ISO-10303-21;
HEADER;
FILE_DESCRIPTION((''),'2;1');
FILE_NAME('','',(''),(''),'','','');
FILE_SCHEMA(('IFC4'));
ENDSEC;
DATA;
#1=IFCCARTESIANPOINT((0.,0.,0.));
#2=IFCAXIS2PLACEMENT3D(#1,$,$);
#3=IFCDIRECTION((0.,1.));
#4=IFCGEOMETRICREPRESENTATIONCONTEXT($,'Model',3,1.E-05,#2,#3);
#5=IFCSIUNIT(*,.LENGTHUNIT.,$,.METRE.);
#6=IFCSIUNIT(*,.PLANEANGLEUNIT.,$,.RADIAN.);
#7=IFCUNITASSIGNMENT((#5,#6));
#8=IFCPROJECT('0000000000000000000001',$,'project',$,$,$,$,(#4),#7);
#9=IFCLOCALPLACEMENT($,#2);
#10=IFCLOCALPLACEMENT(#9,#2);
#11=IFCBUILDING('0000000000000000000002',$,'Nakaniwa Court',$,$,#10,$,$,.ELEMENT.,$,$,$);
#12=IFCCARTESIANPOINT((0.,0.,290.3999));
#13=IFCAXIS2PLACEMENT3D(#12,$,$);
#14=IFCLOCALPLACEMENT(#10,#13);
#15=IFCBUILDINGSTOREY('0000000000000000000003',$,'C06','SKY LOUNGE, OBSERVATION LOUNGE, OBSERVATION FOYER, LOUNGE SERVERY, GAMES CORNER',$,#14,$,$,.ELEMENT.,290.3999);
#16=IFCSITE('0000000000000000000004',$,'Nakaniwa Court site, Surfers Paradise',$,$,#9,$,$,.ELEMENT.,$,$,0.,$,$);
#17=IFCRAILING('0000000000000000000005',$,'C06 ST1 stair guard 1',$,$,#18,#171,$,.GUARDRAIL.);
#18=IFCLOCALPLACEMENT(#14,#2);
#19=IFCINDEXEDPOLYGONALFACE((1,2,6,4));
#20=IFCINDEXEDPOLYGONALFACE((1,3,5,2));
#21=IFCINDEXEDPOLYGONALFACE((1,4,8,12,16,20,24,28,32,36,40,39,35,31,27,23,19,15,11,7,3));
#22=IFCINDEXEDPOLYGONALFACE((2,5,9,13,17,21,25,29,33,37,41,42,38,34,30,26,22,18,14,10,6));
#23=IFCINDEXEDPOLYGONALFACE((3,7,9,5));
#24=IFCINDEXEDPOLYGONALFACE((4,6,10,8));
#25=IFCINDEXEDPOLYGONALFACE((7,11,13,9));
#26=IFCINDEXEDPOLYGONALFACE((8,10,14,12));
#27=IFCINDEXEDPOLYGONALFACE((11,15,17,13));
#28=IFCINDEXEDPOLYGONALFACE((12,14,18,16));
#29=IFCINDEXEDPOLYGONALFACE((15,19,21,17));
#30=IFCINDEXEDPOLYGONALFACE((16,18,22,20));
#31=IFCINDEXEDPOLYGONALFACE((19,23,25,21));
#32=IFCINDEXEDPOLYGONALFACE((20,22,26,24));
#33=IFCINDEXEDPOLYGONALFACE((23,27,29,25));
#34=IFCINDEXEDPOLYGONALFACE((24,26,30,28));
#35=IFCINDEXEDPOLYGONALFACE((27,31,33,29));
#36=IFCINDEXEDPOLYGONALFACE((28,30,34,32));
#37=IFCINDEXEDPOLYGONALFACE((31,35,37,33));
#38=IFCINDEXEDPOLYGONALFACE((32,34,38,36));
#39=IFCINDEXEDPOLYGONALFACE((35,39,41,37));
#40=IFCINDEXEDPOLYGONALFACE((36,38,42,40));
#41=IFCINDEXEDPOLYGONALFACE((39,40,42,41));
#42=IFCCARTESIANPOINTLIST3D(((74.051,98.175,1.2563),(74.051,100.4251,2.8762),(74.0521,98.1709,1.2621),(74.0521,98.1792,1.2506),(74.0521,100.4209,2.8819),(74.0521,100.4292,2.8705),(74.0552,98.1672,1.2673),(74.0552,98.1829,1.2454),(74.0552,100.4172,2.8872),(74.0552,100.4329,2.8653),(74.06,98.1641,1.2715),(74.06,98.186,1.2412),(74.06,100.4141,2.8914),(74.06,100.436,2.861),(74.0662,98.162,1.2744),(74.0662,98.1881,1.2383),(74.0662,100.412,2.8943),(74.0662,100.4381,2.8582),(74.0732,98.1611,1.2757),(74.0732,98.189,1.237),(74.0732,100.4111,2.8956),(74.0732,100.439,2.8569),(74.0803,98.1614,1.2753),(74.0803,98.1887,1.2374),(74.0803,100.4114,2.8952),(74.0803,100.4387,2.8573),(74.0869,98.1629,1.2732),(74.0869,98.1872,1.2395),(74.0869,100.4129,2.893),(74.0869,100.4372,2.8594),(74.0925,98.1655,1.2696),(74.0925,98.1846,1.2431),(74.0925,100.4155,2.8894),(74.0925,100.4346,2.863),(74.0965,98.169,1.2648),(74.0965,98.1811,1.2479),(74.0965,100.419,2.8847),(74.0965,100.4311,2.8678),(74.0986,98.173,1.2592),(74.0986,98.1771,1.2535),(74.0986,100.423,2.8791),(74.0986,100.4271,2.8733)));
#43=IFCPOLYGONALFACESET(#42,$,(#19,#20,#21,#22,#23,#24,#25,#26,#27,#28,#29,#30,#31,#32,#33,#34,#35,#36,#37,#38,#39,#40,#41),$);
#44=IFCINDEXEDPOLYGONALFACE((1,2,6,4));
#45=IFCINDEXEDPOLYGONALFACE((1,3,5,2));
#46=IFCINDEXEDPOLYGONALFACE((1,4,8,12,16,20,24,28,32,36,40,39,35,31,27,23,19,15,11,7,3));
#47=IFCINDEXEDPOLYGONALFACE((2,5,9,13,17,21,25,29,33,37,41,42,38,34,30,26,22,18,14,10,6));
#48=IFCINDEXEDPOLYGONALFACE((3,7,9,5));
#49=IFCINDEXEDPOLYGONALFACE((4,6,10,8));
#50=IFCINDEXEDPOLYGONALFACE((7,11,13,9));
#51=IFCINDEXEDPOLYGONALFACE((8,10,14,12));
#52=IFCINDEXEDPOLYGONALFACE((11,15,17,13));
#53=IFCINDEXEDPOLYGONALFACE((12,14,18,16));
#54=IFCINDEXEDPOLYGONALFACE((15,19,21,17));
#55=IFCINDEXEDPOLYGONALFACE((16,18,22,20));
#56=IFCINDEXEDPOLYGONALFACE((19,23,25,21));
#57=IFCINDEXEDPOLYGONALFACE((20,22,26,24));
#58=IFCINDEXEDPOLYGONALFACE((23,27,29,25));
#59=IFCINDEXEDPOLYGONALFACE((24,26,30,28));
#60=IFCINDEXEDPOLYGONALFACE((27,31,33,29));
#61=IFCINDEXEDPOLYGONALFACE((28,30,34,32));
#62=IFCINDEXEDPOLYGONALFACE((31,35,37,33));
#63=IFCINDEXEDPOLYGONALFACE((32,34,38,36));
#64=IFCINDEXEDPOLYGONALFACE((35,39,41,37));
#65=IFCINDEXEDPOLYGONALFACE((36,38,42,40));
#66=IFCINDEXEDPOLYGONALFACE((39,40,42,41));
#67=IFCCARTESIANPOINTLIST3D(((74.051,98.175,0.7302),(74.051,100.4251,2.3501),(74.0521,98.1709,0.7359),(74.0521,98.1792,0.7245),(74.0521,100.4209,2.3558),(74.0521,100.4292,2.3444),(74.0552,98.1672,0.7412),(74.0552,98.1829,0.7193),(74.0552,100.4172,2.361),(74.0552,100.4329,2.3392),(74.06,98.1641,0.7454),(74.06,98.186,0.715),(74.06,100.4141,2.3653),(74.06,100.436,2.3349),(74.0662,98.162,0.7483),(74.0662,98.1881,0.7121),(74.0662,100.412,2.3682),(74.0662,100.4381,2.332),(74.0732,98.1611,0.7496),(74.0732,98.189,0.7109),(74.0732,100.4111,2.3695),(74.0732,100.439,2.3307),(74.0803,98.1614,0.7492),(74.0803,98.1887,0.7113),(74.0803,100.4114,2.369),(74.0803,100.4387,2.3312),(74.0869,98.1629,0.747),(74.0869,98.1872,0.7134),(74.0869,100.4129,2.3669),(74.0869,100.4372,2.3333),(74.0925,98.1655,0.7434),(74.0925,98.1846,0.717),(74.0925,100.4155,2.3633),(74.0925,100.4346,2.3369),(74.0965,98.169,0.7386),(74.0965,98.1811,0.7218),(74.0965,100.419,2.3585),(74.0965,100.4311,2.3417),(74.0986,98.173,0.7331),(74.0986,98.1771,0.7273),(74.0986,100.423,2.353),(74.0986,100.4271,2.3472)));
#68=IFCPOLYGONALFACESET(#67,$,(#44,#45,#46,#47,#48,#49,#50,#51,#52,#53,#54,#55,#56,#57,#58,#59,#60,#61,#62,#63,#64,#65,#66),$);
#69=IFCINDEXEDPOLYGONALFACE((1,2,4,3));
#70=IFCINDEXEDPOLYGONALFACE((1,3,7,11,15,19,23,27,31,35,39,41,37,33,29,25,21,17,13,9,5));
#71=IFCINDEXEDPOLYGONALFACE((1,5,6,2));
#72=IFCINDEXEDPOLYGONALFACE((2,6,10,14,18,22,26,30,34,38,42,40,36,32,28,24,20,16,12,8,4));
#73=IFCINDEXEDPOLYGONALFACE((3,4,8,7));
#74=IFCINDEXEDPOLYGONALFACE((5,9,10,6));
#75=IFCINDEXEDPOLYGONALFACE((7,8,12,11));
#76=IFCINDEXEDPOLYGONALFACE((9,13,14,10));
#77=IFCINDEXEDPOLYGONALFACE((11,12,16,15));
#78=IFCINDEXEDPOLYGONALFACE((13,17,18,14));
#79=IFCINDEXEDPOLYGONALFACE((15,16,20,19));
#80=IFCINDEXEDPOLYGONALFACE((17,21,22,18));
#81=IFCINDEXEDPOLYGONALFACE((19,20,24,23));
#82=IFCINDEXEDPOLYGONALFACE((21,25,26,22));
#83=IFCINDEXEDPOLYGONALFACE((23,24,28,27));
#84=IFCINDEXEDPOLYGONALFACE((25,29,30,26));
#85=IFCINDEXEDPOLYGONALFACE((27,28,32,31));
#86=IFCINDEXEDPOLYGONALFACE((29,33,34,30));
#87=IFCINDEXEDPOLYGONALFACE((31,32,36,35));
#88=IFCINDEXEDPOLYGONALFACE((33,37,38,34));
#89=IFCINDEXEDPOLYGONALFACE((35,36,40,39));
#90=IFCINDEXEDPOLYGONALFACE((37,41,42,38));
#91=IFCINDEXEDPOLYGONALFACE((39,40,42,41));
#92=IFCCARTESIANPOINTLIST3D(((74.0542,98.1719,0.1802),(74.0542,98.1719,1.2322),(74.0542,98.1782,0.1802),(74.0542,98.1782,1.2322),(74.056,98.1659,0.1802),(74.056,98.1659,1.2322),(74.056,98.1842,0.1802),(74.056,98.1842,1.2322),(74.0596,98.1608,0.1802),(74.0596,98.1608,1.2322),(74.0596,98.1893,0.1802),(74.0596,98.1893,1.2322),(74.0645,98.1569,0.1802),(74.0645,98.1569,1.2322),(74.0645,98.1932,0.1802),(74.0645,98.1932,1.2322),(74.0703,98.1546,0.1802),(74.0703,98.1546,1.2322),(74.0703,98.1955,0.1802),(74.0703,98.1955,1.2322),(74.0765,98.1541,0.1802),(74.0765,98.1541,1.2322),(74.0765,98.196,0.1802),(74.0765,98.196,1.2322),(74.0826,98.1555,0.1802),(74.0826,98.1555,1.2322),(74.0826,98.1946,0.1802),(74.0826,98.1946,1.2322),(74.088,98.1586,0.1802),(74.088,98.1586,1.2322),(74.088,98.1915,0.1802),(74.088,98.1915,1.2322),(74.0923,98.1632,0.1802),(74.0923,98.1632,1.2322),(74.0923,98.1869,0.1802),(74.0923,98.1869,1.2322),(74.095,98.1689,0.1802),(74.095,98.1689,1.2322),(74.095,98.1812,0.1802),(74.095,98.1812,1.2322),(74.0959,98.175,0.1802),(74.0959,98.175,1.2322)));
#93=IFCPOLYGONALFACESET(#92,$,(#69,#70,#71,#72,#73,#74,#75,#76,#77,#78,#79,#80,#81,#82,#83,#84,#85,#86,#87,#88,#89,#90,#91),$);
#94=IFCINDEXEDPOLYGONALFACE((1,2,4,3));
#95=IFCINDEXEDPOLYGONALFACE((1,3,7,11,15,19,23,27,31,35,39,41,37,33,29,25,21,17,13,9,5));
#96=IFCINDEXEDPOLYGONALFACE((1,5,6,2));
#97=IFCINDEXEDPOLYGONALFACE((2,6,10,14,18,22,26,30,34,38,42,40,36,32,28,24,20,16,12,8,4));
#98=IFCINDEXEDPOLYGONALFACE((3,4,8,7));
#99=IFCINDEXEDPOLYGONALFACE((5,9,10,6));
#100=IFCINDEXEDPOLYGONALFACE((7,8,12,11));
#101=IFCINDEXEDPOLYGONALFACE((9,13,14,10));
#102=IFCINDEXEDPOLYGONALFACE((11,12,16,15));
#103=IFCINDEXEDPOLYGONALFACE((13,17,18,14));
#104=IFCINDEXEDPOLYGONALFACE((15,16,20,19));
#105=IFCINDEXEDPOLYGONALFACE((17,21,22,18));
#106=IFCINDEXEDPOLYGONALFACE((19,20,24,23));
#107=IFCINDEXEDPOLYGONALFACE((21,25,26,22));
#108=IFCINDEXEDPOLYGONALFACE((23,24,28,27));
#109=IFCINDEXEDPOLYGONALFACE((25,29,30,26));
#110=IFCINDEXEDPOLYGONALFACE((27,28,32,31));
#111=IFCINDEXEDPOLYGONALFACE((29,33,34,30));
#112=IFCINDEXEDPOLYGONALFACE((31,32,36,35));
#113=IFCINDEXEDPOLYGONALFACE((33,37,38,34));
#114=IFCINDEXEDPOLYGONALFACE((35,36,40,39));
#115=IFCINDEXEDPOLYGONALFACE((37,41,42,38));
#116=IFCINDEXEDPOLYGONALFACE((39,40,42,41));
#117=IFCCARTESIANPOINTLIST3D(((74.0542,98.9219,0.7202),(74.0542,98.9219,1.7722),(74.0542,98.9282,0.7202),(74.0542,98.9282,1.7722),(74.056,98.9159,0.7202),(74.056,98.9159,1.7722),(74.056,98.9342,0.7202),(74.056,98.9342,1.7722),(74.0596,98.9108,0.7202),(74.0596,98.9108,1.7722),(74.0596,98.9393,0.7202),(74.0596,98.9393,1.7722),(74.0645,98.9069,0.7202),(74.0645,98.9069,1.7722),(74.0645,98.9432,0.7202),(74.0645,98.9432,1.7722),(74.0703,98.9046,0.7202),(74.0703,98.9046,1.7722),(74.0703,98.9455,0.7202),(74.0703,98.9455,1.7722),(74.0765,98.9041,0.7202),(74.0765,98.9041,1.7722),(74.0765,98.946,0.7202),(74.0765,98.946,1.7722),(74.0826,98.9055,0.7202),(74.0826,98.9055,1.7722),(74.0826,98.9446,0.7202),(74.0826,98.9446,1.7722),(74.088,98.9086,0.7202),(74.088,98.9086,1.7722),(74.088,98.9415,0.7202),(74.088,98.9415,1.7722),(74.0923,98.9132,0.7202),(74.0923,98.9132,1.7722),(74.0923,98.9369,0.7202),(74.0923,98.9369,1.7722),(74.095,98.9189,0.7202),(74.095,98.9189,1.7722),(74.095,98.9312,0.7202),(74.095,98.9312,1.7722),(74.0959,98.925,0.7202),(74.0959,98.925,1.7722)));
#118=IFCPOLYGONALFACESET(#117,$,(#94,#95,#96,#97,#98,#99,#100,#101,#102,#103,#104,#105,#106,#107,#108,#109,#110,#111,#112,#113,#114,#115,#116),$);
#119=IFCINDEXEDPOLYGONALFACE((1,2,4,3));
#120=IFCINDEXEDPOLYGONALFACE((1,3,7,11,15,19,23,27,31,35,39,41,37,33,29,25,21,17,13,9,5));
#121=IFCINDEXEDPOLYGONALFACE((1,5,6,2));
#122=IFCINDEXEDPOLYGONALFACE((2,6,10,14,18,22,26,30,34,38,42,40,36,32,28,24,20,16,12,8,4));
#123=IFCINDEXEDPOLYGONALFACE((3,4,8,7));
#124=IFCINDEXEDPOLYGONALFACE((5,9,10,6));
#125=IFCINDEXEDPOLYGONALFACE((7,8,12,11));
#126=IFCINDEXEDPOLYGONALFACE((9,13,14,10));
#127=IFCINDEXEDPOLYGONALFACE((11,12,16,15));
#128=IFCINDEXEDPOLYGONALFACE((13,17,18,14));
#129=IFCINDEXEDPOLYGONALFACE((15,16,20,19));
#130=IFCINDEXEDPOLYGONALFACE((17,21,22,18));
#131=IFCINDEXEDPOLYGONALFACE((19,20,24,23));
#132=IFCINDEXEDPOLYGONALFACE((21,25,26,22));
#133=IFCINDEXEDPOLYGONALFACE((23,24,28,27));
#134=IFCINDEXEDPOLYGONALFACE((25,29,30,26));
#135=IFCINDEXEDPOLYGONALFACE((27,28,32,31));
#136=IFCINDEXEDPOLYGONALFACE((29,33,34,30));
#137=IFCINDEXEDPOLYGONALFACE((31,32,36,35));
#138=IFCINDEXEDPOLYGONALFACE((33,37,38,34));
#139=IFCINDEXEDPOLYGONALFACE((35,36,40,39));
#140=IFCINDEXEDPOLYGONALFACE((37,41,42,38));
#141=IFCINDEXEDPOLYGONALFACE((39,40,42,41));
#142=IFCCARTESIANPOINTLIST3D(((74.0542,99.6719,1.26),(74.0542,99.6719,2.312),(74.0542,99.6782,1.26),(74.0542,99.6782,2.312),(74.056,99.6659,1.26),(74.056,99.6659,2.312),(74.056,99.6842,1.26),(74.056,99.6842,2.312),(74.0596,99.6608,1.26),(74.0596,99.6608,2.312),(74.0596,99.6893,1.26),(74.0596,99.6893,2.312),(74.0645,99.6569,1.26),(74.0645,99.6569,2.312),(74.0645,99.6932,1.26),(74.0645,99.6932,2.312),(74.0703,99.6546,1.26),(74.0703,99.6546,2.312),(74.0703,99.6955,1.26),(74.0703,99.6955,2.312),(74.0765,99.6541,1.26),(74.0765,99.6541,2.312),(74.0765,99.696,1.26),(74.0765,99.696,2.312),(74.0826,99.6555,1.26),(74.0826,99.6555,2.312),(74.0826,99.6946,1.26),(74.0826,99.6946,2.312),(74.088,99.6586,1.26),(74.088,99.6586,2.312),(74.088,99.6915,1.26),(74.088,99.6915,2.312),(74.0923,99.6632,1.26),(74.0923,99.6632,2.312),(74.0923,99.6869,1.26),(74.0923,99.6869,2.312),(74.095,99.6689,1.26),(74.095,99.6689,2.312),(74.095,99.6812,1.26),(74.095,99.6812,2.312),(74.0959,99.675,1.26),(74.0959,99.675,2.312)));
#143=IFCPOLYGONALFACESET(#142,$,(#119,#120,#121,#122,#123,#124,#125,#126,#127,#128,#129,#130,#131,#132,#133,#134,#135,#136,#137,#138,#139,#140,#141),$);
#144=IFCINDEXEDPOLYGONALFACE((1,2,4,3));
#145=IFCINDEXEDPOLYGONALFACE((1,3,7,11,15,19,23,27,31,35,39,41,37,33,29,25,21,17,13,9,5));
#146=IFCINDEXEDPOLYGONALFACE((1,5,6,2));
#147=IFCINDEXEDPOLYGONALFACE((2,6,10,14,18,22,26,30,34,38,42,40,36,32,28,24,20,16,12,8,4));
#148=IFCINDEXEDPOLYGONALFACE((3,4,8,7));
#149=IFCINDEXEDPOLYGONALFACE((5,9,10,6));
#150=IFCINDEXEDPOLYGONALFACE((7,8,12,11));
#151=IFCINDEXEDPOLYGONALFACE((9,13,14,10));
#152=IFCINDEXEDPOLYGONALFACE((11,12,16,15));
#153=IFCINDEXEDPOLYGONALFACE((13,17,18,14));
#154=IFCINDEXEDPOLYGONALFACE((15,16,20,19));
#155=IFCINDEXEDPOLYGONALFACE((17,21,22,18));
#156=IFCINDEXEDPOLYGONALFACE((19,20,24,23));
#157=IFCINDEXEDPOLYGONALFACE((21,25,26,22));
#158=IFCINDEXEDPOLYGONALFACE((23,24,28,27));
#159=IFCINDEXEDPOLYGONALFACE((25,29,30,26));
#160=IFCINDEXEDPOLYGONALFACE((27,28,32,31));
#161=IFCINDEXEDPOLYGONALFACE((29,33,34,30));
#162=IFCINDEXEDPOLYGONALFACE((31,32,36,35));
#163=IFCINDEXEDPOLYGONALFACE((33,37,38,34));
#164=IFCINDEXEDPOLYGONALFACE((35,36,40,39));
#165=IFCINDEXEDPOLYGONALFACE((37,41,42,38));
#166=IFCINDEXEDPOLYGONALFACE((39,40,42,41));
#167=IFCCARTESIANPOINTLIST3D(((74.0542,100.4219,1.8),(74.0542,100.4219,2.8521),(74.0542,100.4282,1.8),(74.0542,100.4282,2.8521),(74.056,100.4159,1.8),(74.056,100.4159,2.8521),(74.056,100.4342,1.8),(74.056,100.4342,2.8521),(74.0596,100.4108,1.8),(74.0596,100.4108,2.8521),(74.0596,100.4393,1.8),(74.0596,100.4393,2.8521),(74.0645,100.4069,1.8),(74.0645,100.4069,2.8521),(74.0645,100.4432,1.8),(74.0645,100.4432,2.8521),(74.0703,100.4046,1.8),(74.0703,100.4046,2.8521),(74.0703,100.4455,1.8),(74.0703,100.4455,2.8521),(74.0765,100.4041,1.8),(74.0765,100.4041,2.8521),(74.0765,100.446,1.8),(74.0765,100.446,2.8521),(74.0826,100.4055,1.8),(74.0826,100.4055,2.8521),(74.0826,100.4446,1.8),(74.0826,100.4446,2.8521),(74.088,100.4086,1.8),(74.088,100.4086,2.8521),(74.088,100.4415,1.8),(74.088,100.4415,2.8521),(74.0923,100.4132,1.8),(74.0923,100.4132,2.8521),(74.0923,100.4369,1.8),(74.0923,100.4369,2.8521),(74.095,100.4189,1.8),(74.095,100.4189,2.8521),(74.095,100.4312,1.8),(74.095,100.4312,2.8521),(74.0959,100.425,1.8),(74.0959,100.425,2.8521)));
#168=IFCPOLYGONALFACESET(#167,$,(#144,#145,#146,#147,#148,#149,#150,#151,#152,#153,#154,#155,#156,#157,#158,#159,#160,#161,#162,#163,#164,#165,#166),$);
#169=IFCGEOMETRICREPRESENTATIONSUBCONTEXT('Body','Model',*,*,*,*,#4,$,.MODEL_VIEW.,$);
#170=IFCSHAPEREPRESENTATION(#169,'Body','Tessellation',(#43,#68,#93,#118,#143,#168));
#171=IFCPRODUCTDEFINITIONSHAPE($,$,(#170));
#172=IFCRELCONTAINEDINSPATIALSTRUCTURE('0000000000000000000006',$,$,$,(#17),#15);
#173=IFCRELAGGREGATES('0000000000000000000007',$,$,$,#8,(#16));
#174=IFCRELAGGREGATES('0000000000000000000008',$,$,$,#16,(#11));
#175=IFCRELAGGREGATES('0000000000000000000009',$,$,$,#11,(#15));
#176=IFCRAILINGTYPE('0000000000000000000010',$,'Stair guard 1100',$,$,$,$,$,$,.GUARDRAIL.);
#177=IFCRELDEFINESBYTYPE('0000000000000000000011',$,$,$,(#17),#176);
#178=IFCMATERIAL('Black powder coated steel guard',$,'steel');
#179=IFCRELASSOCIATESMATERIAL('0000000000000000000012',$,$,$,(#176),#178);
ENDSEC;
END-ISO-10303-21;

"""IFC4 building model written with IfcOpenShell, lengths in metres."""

from ifc_helpers import new_model, si_unit, direction, frame, origin, origin_2d, place, context, subcontext, project, spatial, circle, extrude, material, type_object, element, save


model = new_model("IFC4")

# Units and contexts
model_context = context("Model", 3, precision=1e-05, world=origin(), true_north=direction((0.0, 1.0)))
body_context = subcontext(model_context, "Body", "Model", "MODEL_VIEW")
ifc_project = project(units=[si_unit("LENGTHUNIT", "METRE"), si_unit("PLANEANGLEUNIT", "RADIAN")], contexts=[model_context])

# Site, building, storey
site_placement = place(None, origin())
site = spatial("IfcSite", under=ifc_project, at=site_placement, Name="Nakaniwa Court site, Surfers Paradise", CompositionType="ELEMENT", RefElevation=0.0)
building_placement = place(site_placement, origin())
building = spatial("IfcBuilding", under=site, at=building_placement, Name="Nakaniwa Court", CompositionType="ELEMENT")
storey_placement = place(building_placement, frame((0.0, 0.0, 290.3999)))
storey = spatial("IfcBuildingStorey", under=building, at=storey_placement, Name="C06", Description="SKY LOUNGE, OBSERVATION LOUNGE, OBSERVATION FOYER, LOUNGE SERVERY, GAMES CORNER", CompositionType="ELEMENT", Elevation=290.3999)

# Railing
ifc_material_1 = material(Name="Black powder coated steel guard", Category="steel")
railing_type_1 = type_object("IfcRailingType", Name="Stair guard 1100", PredefinedType="GUARDRAIL", material=ifc_material_1)
railing_1_placement = place(storey_placement, frame((74.075, 98.175, 0.1802)))
element("IfcRailing", 1, at=railing_1_placement, inside=storey, type_object=railing_type_1, Name="C06 ST1 stair guard 1", PredefinedType="GUARDRAIL", context=body_context, shape_type="SweptSolid", body=[
    extrude(circle(Radius=0.0239, at=origin_2d()), frame((0.0, 0.0, 1.0762), z_axis=(0.0, 0.811556, 0.584275), x_axis=(-1.0, 0.0, 0.0)), (0.0, 0.0, 1.0), 2.7725),
    extrude(circle(Radius=0.0239, at=origin_2d()), frame((0.0, 0.0, 0.55), z_axis=(0.0, 0.811556, 0.584275), x_axis=(-1.0, 0.0, 0.0)), (0.0, 0.0, 1.0), 2.7725),
    extrude(circle(Radius=0.021, at=origin_2d()), origin(), (0.0, 0.0, 1.0), 1.052),
    extrude(circle(Radius=0.021, at=origin_2d()), frame((0.0, 0.75, 0.54)), (0.0, 0.0, 1.0), 1.052),
    extrude(circle(Radius=0.021, at=origin_2d()), frame((0.0, 1.5, 1.0798)), (0.0, 0.0, 1.0), 1.052),
    extrude(circle(Radius=0.021, at=origin_2d()), frame((0.0, 2.25, 1.6199)), (0.0, 0.0, 1.0), 1.052),
])

save(model, "model.ifc")
